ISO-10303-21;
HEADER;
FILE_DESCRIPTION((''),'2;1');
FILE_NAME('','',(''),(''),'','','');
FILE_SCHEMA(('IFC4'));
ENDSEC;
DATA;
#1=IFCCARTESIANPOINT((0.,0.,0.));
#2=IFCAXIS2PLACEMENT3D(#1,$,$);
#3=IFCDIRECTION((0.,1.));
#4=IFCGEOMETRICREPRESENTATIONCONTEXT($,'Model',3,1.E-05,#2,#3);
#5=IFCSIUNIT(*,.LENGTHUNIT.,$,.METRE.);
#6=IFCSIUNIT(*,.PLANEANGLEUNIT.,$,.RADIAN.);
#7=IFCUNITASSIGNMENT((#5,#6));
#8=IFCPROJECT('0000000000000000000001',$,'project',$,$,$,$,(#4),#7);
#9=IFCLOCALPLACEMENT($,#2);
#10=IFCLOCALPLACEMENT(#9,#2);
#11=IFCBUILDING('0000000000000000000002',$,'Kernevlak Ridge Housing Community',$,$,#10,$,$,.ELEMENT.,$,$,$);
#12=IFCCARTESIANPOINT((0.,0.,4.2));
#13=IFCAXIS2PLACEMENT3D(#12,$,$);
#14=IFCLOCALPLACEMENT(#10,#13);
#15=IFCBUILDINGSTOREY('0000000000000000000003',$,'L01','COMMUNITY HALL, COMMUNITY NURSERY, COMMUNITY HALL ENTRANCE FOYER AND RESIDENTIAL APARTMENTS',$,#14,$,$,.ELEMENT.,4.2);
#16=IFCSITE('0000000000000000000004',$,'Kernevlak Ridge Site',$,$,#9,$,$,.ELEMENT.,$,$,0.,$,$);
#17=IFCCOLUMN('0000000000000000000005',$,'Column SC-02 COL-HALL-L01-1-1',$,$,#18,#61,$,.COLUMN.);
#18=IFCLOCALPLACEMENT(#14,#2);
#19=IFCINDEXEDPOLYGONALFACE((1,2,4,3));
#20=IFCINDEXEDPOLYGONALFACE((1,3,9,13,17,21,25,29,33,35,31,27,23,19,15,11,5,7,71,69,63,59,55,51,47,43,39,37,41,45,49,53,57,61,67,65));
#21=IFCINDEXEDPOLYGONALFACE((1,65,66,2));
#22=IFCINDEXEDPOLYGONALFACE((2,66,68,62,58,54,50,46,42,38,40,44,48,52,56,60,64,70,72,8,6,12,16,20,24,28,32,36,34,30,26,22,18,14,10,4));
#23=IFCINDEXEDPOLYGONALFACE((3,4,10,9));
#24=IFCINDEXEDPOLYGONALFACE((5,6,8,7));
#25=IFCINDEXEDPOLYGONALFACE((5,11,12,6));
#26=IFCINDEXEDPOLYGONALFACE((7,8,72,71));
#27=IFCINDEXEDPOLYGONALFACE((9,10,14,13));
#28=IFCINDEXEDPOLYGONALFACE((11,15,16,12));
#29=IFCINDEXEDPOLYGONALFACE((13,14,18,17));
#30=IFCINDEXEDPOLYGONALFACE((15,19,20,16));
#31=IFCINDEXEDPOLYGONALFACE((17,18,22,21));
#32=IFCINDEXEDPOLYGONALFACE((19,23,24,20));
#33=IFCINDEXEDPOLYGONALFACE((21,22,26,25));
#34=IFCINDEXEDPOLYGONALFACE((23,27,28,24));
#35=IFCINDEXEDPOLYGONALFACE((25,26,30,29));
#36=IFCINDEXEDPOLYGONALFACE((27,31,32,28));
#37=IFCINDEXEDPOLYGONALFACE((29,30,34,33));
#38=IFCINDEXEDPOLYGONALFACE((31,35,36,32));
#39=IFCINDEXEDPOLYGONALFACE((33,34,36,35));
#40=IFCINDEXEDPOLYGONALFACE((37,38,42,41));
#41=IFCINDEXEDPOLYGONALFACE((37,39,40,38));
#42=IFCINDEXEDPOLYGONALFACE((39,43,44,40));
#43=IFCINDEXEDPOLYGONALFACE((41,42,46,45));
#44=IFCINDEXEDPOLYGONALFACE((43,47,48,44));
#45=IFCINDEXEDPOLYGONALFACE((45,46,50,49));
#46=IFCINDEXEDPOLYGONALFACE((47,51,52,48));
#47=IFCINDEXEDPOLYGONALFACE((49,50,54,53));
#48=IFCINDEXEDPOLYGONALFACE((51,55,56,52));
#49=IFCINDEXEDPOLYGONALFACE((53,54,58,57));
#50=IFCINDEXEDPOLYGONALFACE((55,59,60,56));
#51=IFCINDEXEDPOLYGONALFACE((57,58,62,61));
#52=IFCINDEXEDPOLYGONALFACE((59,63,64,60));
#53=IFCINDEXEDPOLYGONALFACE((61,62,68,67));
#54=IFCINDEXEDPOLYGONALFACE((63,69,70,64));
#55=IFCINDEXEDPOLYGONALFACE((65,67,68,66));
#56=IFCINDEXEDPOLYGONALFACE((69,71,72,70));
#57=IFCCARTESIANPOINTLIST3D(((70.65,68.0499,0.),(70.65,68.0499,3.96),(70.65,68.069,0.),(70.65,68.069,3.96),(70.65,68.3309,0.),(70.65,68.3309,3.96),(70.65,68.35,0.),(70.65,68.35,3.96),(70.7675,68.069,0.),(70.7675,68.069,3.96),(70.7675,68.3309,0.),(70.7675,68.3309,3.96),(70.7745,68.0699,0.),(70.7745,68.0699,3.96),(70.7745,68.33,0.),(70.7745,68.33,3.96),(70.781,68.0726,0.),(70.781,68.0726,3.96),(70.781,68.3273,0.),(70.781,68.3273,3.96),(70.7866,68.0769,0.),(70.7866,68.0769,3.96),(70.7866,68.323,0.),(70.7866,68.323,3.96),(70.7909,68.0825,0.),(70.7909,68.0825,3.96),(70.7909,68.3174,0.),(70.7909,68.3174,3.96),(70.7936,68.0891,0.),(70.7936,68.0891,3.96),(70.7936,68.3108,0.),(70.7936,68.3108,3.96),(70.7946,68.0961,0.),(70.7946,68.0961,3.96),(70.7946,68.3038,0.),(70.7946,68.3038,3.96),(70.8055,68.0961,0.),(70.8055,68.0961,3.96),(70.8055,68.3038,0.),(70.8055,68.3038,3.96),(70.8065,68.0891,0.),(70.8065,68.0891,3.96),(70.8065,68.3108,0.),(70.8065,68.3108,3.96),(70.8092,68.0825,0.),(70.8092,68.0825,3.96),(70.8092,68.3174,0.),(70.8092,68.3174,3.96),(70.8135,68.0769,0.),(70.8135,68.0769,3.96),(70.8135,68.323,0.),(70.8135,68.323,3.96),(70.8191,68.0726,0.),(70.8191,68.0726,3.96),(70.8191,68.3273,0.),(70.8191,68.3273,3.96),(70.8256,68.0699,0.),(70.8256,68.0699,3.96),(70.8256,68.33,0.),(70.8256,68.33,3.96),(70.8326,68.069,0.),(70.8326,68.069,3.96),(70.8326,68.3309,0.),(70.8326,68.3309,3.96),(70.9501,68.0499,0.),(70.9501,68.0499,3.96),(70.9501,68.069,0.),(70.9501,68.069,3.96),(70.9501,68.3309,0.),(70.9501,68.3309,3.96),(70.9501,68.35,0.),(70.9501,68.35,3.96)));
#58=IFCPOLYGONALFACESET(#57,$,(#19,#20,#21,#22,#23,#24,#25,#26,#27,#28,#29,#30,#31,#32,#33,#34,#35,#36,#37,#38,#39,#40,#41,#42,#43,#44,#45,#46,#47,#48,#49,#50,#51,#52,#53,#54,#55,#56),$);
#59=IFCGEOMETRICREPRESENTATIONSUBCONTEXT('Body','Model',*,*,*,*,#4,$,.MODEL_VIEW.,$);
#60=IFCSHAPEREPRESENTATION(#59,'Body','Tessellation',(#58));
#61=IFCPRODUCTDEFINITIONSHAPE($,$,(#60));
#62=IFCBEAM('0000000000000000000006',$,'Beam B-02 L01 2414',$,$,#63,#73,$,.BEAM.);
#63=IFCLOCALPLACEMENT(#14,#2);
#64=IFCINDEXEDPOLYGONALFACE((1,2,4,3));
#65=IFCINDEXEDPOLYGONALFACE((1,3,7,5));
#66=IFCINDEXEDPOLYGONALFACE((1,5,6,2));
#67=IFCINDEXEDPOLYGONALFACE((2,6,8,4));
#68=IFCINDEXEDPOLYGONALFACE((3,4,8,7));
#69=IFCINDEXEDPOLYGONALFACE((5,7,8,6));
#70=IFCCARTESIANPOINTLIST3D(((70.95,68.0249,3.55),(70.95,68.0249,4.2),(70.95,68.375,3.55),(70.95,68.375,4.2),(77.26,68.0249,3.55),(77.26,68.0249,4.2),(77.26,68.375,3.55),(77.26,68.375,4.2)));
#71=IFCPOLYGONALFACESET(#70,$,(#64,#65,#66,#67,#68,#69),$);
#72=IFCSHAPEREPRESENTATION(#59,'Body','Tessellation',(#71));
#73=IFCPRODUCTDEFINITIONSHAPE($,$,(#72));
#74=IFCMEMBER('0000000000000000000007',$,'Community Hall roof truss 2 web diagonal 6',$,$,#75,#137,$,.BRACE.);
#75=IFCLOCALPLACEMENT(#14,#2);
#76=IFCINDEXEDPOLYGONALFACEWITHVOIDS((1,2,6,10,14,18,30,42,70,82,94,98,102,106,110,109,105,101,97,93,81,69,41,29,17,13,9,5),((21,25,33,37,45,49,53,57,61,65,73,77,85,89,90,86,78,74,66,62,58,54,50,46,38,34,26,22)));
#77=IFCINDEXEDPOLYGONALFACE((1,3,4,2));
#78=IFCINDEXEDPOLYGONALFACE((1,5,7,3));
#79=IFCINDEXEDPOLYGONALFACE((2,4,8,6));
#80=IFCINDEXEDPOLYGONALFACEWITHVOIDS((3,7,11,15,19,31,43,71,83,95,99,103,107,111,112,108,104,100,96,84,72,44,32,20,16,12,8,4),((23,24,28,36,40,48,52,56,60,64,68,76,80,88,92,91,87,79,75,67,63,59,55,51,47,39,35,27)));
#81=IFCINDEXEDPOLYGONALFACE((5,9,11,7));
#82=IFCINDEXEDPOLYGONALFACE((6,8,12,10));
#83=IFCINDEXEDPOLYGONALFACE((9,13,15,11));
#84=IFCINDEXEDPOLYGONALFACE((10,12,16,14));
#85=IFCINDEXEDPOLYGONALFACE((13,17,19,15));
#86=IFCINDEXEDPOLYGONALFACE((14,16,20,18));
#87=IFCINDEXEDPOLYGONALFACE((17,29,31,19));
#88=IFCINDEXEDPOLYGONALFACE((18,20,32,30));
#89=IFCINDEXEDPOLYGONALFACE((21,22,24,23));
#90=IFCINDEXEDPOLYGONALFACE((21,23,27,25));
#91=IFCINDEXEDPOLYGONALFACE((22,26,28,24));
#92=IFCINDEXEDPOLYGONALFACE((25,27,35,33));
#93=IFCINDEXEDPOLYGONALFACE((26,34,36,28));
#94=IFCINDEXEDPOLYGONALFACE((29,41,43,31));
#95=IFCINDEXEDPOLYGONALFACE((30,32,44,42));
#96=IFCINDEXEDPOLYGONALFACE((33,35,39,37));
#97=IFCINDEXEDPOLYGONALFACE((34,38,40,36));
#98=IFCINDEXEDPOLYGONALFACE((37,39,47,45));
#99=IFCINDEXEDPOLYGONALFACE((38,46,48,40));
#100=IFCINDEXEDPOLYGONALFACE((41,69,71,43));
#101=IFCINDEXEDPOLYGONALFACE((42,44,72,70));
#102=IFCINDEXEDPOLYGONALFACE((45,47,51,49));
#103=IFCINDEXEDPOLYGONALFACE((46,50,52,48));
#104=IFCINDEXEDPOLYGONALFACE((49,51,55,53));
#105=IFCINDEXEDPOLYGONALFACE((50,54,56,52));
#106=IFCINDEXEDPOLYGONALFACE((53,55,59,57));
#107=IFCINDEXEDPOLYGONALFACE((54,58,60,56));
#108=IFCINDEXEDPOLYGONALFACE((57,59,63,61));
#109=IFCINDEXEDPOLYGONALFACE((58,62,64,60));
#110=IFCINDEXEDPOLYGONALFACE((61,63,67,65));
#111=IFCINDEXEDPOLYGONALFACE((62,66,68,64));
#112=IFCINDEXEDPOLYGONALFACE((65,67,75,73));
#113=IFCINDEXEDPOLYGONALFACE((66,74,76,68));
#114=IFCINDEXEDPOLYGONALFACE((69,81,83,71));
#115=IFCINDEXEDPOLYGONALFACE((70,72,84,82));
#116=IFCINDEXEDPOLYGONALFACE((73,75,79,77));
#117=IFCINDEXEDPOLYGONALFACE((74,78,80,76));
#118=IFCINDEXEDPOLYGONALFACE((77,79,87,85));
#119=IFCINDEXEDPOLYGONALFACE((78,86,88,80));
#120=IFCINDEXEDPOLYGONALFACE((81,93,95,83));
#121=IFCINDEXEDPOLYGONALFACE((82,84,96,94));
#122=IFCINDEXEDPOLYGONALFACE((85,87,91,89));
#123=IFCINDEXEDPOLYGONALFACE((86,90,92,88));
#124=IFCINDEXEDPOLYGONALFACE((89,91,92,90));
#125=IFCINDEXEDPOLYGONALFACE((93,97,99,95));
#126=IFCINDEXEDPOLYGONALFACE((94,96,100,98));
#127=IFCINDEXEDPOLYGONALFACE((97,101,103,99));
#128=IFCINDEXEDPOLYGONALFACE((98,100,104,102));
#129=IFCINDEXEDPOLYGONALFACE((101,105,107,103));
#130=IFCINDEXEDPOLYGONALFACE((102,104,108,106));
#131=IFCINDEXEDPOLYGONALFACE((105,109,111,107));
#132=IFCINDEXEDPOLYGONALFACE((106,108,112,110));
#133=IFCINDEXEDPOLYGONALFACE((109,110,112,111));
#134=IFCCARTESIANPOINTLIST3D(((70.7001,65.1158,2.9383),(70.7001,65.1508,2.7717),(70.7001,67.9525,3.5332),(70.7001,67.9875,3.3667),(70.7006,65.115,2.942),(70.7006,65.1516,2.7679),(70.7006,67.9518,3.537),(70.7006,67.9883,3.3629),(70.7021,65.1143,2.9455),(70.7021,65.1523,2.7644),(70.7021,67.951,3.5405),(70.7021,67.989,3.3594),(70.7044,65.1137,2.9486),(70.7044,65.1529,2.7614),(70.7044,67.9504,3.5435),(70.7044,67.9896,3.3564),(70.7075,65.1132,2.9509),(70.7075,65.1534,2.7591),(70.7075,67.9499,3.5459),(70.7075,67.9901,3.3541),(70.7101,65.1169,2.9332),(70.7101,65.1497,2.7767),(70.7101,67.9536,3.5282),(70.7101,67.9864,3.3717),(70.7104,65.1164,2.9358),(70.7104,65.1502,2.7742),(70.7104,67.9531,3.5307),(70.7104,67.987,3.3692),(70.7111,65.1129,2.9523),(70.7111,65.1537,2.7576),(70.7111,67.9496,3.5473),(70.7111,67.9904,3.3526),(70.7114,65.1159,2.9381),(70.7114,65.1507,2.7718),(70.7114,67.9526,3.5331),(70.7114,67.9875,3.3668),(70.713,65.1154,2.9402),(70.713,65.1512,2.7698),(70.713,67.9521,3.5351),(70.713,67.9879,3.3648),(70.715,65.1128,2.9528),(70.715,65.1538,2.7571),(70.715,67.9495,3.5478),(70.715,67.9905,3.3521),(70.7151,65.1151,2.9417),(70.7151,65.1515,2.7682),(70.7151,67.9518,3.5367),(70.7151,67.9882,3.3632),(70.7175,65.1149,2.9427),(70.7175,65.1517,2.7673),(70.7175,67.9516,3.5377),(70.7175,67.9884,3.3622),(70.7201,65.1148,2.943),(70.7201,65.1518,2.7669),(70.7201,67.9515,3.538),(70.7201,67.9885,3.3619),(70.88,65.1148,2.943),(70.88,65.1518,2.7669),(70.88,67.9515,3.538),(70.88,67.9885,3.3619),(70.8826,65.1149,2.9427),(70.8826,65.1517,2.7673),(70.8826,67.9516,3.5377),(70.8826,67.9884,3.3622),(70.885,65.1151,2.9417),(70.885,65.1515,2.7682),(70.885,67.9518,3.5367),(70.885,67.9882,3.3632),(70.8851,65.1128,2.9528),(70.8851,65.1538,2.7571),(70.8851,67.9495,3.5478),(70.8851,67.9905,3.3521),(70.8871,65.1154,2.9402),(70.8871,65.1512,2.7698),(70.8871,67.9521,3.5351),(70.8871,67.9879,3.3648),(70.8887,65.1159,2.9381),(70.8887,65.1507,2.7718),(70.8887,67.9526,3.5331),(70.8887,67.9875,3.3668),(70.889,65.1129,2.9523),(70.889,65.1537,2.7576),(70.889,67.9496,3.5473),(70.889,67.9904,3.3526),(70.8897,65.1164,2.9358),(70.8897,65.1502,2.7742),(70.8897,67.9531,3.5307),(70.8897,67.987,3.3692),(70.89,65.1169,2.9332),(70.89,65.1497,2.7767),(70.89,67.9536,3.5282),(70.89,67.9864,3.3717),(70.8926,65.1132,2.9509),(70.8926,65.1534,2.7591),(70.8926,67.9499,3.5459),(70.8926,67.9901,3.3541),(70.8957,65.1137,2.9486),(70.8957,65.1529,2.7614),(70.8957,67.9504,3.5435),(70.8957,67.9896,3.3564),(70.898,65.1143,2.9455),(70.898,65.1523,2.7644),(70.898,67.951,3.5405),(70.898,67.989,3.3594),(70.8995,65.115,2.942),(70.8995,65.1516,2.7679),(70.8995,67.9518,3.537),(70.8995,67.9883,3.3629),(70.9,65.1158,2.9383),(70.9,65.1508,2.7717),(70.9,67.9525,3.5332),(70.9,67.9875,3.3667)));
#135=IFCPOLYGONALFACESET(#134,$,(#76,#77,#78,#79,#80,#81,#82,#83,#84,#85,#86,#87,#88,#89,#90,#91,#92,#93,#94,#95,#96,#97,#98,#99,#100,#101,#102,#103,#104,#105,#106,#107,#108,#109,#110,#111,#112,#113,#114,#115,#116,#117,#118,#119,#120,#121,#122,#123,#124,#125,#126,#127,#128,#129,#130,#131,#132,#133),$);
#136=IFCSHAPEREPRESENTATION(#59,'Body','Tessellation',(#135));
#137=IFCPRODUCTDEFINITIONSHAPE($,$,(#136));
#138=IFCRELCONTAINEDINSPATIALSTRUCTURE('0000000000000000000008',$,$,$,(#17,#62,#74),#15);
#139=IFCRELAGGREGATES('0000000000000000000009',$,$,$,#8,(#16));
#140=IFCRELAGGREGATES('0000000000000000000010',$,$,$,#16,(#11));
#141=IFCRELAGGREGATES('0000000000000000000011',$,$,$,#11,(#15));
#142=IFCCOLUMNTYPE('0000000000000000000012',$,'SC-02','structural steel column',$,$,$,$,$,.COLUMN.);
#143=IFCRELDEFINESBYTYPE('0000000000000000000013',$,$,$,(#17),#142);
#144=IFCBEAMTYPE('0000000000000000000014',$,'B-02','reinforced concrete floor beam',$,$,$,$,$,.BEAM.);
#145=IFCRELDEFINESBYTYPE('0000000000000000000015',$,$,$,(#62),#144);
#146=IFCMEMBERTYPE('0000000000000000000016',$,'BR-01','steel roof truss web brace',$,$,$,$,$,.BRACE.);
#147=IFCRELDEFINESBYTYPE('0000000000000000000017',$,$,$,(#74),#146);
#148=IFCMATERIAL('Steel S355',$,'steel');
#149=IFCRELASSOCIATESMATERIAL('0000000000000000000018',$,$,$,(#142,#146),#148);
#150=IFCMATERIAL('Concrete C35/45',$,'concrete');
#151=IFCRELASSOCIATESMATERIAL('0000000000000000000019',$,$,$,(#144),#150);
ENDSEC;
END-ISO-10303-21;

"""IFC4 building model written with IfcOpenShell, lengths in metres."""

from ifc_helpers import new_model, si_unit, direction, frame, origin, origin_2d, place, context, subcontext, project, spatial, rectangle, hollow_rectangle, i_section, extrude, material, material_profile, profile_set, type_object, element, save


model = new_model("IFC4")

# Units and contexts
model_context = context("Model", 3, precision=1e-05, world=origin(), true_north=direction((0.0, 1.0)))
body_context = subcontext(model_context, "Body", "Model", "MODEL_VIEW")
ifc_project = project(units=[si_unit("LENGTHUNIT", "METRE"), si_unit("PLANEANGLEUNIT", "RADIAN")], contexts=[model_context])

# Site, building, storey
site_placement = place(None, origin())
site = spatial("IfcSite", under=ifc_project, at=site_placement, Name="Kernevlak Ridge Site", CompositionType="ELEMENT", RefElevation=0.0)
building_placement = place(site_placement, origin())
building = spatial("IfcBuilding", under=site, at=building_placement, Name="Kernevlak Ridge Housing Community", CompositionType="ELEMENT")
storey_placement = place(building_placement, frame((0.0, 0.0, 4.2)))
storey = spatial("IfcBuildingStorey", under=building, at=storey_placement, Name="L01", Description="COMMUNITY HALL, COMMUNITY NURSERY, COMMUNITY HALL ENTRANCE FOYER AND RESIDENTIAL APARTMENTS", CompositionType="ELEMENT", Elevation=4.2)

# Column
ifc_material_1 = material(Name="Steel S355", Category="steel")
ifc_material_profile_1 = material_profile(ifc_material_1, i_section(OverallWidth=0.3, OverallDepth=0.3, WebThickness=0.011, FlangeThickness=0.019, FilletRadius=0.0271, at=origin_2d()), Name="HEB 300")
ifc_profile_set_1 = profile_set([ifc_material_profile_1], Name="Steel S355")
column_type = type_object("IfcColumnType", Name="SC-02", Description="structural steel column", PredefinedType="COLUMN", material=ifc_profile_set_1)
column_placement = place(storey_placement, frame((70.8, 68.2, 0.0), z_axis=(0.0, 0.0, 1.0), x_axis=(1.0, 0.0, 0.0)))
element("IfcColumn", 1, at=column_placement, inside=storey, type_object=column_type, Name="Column SC-02 COL-HALL-L01-1-1", PredefinedType="COLUMN", context=body_context, shape_type="SweptSolid", body=[
    extrude(i_section(OverallWidth=0.3, OverallDepth=0.3, WebThickness=0.011, FlangeThickness=0.019, FilletRadius=0.0271, at=origin_2d()), origin(), (0.0, 0.0, 1.0), 3.96),
])

# Beam
ifc_material_2 = material(Name="Concrete C35/45", Category="concrete")
ifc_material_profile_2 = material_profile(ifc_material_2, rectangle(XDim=0.3501, YDim=0.6499, at=origin_2d()), Name="RC 350x650")
ifc_profile_set_2 = profile_set([ifc_material_profile_2], Name="Concrete C35/45")
beam_type = type_object("IfcBeamType", Name="B-02", Description="reinforced concrete floor beam", PredefinedType="BEAM", material=ifc_profile_set_2)
beam_placement = place(storey_placement, frame((70.95, 68.2, 3.875), z_axis=(1.0, 0.0, 0.0), x_axis=(0.0, 1.0, 0.0)))
element("IfcBeam", 2, at=beam_placement, inside=storey, type_object=beam_type, Name="Beam B-02 L01 2414", PredefinedType="BEAM", context=body_context, shape_type="SweptSolid", body=[
    extrude(rectangle(XDim=0.3501, YDim=0.6499, at=origin_2d()), origin(), (0.0, 0.0, 1.0), 6.3101),
])

# Member
ifc_material_profile_3 = material_profile(ifc_material_1, hollow_rectangle(XDim=0.2, YDim=0.2, WallThickness=0.01, InnerFilletRadius=0.01, OuterFilletRadius=0.0149, at=origin_2d()), Name="SHS 200x200x10")
ifc_profile_set_3 = profile_set([ifc_material_profile_3], Name="Steel S355")
member_type_1 = type_object("IfcMemberType", Name="BR-01", Description="steel roof truss web brace", PredefinedType="BRACE", material=ifc_profile_set_3)
member_1_placement = place(storey_placement, frame((70.8, 65.1333, 2.855), z_axis=(0.0, 0.978704, 0.205276), x_axis=(-1.0, 0.0, 0.0)))
element("IfcMember", 3, at=member_1_placement, inside=storey, type_object=member_type_1, Name="Community Hall roof truss 2 web diagonal 6", PredefinedType="BRACE", context=body_context, shape_type="SweptSolid", body=[
    extrude(hollow_rectangle(XDim=0.2, YDim=0.2, WallThickness=0.01, InnerFilletRadius=0.01, OuterFilletRadius=0.0149, at=origin_2d()), origin(), (0.0, 0.0, 1.0), 2.8984),
])

save(model, "model.ifc")
